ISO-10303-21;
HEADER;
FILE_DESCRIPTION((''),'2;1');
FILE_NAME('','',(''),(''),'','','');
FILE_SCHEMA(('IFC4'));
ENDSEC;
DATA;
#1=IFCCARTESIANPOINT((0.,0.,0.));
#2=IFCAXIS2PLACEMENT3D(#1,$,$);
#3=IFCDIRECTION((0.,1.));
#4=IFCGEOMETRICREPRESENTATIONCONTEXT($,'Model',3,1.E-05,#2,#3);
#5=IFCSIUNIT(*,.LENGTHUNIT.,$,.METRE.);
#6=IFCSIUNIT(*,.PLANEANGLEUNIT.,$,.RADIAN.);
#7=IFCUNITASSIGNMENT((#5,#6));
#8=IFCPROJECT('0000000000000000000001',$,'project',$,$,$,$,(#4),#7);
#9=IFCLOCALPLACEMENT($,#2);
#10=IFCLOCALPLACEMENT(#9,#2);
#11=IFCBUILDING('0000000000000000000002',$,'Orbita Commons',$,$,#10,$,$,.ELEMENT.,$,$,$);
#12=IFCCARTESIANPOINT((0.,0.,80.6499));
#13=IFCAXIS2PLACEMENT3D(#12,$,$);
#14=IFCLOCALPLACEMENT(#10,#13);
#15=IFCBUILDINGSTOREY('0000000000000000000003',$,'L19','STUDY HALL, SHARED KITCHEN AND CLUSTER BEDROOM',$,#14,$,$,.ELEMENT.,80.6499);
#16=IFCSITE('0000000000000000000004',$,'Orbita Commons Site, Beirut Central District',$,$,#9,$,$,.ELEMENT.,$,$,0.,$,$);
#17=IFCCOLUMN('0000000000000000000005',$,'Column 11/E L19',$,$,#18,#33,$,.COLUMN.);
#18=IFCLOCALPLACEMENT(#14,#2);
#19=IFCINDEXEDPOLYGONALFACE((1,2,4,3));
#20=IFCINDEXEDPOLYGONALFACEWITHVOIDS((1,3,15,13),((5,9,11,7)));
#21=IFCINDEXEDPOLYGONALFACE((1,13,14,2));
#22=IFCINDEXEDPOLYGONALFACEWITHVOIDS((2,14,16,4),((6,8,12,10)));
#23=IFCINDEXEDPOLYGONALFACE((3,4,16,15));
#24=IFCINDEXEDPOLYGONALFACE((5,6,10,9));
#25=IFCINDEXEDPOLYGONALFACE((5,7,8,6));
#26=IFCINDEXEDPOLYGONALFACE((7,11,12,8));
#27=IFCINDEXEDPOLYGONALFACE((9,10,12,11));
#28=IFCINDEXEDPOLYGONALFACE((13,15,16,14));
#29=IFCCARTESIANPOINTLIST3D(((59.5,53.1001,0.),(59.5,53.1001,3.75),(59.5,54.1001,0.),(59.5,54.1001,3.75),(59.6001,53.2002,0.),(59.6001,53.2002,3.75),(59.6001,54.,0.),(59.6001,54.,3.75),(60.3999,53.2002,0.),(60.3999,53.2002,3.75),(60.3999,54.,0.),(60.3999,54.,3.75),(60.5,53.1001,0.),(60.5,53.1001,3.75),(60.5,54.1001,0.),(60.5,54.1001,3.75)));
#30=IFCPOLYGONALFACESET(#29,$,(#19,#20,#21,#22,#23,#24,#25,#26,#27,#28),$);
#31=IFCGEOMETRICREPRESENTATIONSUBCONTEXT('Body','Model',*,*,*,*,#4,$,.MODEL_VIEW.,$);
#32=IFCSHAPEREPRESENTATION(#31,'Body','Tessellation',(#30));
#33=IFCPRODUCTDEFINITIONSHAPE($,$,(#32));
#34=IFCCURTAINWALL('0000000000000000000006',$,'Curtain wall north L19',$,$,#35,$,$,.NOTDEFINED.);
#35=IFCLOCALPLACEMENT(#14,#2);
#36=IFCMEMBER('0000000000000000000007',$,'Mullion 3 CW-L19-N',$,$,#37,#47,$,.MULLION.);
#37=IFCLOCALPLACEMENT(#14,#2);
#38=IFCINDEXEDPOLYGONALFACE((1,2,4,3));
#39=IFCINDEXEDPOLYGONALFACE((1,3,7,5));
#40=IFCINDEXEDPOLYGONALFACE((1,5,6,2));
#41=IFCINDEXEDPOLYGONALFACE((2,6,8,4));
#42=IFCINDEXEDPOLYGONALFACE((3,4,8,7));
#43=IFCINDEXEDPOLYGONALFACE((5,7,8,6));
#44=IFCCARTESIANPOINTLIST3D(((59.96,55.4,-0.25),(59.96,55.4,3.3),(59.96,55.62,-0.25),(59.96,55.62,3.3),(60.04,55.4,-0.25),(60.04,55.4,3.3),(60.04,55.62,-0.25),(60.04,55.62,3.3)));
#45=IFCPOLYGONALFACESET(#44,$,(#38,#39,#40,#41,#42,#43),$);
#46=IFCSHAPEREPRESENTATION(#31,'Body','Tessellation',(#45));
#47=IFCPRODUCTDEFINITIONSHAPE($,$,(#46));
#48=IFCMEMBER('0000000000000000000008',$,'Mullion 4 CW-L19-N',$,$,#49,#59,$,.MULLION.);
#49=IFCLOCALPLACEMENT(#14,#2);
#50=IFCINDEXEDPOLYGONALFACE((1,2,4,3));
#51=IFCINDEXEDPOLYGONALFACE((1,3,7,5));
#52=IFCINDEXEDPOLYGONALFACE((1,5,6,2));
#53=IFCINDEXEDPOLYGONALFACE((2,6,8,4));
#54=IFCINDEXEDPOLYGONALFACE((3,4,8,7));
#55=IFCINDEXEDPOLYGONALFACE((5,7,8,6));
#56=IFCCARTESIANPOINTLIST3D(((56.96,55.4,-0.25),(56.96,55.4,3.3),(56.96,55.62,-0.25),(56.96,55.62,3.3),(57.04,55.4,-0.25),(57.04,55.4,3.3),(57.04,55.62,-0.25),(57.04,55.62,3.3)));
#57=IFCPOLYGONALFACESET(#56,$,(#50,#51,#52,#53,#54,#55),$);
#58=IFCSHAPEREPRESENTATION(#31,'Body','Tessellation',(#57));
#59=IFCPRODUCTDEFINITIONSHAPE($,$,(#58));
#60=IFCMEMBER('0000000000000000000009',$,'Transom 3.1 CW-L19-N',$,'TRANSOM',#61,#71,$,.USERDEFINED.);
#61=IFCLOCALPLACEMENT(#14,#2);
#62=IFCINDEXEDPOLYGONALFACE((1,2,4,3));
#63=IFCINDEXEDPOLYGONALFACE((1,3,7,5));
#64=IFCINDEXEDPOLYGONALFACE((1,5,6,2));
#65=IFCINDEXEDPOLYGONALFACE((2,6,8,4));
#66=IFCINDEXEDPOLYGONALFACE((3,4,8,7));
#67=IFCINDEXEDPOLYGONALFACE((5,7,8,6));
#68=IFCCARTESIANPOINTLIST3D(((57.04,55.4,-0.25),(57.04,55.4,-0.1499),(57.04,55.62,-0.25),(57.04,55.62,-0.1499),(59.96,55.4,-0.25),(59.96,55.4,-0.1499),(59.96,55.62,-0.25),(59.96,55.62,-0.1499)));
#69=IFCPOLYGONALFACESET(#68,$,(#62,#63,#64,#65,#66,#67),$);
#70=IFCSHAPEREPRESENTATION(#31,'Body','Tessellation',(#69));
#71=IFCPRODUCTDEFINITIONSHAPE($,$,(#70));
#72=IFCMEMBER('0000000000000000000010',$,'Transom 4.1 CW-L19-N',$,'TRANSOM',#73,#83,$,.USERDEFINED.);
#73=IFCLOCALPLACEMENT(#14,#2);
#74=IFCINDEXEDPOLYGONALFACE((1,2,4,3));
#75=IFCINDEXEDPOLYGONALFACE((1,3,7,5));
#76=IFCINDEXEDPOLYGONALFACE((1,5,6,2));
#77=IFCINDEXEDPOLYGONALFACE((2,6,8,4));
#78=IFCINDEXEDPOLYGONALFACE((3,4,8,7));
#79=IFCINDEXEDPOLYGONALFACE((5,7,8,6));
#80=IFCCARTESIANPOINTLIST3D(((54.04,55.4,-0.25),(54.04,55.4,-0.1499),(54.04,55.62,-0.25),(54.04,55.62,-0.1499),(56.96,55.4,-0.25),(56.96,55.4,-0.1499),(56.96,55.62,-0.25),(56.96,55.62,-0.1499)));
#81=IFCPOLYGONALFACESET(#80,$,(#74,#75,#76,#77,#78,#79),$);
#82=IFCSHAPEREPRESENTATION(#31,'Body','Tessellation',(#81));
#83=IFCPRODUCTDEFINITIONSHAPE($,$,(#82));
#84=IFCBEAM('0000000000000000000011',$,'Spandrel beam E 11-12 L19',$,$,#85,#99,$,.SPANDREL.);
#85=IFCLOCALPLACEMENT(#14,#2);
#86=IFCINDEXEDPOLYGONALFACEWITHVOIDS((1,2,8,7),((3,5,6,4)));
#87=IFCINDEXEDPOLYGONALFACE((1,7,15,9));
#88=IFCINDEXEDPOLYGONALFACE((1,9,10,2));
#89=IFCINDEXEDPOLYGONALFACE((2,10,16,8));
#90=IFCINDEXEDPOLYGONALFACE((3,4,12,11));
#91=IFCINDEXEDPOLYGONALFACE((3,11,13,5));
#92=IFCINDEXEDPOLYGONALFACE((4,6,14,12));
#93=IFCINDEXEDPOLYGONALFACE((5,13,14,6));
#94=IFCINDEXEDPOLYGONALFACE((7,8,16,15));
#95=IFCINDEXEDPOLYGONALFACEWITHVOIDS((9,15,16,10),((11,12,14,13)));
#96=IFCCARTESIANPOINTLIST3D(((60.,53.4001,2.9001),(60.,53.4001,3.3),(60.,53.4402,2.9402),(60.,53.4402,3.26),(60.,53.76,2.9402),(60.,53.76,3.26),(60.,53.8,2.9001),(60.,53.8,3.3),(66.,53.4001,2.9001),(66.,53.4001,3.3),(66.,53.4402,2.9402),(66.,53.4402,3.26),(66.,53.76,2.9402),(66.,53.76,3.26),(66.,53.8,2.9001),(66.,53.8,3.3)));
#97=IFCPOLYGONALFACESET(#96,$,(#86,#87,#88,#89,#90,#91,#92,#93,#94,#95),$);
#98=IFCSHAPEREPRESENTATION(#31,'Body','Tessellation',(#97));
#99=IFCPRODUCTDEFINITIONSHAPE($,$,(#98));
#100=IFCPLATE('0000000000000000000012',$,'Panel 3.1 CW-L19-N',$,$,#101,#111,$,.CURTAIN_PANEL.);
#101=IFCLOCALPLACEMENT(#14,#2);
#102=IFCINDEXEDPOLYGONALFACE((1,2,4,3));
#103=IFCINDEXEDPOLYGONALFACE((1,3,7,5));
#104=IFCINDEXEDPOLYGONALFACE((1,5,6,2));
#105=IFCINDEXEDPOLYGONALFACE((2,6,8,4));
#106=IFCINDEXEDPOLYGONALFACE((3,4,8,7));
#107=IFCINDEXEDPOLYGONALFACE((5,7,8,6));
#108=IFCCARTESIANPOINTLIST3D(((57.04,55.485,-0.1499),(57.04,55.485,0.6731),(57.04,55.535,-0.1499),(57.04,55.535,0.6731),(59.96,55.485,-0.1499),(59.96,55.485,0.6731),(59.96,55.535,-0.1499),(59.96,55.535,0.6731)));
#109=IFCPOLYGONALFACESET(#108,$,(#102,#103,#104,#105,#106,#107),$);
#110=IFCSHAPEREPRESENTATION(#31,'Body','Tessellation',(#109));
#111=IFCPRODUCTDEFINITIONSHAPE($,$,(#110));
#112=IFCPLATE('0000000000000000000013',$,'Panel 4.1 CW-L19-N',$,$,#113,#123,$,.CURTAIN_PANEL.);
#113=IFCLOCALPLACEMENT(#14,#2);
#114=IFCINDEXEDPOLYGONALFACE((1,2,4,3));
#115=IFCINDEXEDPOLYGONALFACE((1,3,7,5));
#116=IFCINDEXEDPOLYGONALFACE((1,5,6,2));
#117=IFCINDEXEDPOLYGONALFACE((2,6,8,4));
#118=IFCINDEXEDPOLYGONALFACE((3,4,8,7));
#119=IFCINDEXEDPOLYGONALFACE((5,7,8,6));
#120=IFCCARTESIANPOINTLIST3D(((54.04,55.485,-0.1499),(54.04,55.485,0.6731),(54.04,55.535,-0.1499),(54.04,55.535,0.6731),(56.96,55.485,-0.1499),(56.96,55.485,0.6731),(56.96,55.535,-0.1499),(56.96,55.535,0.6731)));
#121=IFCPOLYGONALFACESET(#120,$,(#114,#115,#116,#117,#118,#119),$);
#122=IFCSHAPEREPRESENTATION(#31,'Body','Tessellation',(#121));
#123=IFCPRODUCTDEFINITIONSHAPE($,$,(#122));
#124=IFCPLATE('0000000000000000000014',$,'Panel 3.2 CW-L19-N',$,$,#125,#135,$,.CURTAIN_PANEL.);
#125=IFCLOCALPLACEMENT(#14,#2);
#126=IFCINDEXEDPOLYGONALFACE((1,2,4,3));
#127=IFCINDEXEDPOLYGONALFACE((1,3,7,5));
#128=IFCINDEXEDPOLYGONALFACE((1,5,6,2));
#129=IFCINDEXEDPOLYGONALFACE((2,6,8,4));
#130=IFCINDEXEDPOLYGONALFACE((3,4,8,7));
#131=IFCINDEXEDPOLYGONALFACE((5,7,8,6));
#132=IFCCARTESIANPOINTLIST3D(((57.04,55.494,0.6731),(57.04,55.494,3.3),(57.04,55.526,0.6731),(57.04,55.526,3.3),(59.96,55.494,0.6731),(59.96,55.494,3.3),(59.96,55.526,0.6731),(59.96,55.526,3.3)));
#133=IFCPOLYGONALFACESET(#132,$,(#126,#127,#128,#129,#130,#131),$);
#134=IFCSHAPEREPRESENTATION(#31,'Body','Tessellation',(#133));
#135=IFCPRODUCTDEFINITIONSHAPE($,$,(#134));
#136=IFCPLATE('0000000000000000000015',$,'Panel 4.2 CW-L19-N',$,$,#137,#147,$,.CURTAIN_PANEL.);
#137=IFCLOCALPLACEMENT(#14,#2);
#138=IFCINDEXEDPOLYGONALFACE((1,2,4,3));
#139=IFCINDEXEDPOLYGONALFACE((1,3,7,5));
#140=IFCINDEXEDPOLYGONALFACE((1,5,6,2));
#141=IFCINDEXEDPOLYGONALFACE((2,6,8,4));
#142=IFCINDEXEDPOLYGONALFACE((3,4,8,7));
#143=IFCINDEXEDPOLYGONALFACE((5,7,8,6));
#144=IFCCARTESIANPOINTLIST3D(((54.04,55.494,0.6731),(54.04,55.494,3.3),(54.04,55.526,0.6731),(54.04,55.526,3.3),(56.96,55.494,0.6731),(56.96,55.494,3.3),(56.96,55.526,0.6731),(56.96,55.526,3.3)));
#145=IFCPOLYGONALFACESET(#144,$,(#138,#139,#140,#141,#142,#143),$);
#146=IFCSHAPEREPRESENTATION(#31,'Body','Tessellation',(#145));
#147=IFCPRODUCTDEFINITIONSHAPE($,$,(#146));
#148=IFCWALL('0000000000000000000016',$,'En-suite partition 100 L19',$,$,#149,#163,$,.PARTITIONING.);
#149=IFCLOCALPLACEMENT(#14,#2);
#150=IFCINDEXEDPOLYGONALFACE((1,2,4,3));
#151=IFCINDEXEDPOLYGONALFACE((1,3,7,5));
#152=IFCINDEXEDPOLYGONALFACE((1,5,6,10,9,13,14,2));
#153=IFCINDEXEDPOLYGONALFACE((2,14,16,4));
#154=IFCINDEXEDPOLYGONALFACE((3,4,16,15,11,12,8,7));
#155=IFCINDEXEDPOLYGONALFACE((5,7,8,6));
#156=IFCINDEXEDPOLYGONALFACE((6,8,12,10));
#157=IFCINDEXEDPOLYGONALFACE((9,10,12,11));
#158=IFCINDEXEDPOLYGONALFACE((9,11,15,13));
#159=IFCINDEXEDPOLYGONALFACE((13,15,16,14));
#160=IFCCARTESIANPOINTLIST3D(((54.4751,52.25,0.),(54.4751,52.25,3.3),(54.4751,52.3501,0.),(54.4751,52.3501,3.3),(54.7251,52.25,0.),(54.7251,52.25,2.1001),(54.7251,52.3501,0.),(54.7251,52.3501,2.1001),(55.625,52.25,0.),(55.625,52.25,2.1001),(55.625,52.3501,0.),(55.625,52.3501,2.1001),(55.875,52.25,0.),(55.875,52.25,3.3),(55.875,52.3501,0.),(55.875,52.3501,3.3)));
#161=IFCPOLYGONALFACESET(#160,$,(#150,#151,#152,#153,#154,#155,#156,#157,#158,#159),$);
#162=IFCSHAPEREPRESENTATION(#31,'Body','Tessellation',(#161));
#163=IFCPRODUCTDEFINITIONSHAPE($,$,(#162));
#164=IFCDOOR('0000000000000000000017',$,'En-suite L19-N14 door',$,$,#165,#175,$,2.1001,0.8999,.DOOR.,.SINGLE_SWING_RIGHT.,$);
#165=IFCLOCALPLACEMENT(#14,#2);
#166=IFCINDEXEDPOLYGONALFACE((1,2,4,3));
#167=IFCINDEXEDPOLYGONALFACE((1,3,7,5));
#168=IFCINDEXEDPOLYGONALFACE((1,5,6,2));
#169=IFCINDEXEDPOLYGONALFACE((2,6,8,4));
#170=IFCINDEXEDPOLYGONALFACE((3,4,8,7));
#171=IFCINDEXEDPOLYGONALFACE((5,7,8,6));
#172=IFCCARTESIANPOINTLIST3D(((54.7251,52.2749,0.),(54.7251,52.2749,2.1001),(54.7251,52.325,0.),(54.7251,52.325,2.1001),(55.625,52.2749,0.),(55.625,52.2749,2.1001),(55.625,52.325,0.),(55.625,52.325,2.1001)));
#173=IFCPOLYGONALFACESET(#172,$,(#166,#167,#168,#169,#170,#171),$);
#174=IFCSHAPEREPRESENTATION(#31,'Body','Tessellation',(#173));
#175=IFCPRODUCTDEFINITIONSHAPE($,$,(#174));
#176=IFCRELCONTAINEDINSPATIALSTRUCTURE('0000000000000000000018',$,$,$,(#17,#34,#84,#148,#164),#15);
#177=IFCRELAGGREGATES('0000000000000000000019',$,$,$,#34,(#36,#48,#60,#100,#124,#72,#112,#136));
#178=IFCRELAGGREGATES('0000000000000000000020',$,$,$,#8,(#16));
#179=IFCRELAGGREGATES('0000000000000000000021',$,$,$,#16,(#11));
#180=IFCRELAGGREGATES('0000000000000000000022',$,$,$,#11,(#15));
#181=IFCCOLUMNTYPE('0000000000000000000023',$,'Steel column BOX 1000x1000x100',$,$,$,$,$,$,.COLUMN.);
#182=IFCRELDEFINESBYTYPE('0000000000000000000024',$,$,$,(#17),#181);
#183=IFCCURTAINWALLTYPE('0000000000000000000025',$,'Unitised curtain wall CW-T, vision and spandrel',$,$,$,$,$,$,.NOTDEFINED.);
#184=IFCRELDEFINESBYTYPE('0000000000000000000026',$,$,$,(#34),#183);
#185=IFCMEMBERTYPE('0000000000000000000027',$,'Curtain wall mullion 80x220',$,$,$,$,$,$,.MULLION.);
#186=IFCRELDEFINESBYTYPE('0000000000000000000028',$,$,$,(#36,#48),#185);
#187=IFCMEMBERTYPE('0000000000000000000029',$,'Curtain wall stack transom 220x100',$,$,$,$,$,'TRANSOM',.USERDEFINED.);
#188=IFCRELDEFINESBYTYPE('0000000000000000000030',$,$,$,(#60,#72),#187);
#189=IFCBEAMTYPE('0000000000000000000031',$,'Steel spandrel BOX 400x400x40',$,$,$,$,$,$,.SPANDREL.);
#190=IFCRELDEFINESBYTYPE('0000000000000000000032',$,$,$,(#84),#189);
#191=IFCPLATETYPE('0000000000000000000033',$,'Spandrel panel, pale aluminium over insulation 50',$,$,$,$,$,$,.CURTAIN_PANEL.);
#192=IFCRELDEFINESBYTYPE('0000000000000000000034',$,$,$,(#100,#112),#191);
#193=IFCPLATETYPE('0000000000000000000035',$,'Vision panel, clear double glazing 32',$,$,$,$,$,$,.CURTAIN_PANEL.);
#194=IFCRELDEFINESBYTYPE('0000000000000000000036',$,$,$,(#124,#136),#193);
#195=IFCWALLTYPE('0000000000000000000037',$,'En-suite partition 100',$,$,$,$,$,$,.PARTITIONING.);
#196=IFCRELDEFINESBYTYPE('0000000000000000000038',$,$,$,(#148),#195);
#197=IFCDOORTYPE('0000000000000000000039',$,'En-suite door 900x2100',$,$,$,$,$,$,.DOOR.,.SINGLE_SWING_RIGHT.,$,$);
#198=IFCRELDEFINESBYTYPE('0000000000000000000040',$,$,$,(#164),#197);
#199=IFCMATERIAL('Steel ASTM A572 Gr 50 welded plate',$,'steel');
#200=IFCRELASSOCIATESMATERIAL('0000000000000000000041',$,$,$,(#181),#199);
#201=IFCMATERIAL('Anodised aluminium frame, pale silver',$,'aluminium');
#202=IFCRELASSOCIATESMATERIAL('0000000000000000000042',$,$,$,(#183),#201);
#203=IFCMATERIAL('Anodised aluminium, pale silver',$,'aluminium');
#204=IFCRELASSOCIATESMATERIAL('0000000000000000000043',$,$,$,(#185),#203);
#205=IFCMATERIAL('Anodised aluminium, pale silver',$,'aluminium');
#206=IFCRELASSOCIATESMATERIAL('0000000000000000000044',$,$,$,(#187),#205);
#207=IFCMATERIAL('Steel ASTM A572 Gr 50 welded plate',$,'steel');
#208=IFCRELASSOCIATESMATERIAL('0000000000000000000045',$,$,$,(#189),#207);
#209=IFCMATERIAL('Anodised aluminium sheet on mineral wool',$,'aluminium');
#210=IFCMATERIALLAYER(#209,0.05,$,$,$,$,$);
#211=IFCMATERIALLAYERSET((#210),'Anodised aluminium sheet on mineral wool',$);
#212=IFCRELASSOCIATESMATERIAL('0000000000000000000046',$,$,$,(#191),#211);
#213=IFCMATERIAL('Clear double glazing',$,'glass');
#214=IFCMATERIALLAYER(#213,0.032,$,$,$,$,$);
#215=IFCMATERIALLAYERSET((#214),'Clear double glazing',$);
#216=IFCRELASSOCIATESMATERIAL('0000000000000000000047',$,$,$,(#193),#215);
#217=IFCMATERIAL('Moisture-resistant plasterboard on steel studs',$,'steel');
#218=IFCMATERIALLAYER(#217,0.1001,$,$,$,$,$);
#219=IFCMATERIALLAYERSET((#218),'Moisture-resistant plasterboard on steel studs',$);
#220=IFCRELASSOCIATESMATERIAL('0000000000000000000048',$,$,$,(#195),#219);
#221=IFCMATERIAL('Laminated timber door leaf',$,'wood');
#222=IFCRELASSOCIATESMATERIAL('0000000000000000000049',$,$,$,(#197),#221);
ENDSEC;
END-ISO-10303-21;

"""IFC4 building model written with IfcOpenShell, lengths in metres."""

from ifc_helpers import new_model, si_unit, direction, frame, frame_2d, origin, origin_2d, place, context, subcontext, project, spatial, rectangle, hollow_rectangle, extrude, material, layer, layer_set, material_profile, profile_set, type_object, element, fill, aggregate, save


model = new_model("IFC4")

# Units and contexts
model_context = context("Model", 3, precision=1e-05, world=origin(), true_north=direction((0.0, 1.0)))
body_context = subcontext(model_context, "Body", "Model", "MODEL_VIEW")
ifc_project = project(units=[si_unit("LENGTHUNIT", "METRE"), si_unit("PLANEANGLEUNIT", "RADIAN")], contexts=[model_context])

# Site, building, storey
site_placement = place(None, origin())
site = spatial("IfcSite", under=ifc_project, at=site_placement, Name="Orbita Commons Site, Beirut Central District", CompositionType="ELEMENT", RefElevation=0.0)
building_placement = place(site_placement, origin())
building = spatial("IfcBuilding", under=site, at=building_placement, Name="Orbita Commons", CompositionType="ELEMENT")
storey_placement = place(building_placement, frame((0.0, 0.0, 80.6499)))
storey = spatial("IfcBuildingStorey", under=building, at=storey_placement, Name="L19", Description="STUDY HALL, SHARED KITCHEN AND CLUSTER BEDROOM", CompositionType="ELEMENT", Elevation=80.6499)

# Column
ifc_material_1 = material(Name="Steel ASTM A572 Gr 50 welded plate", Category="steel")
ifc_material_profile_1 = material_profile(ifc_material_1, hollow_rectangle(XDim=1.0, YDim=1.0, WallThickness=0.1001, at=origin_2d()), Name="BOX 1000x1000x100")
ifc_profile_set_1 = profile_set([ifc_material_profile_1], Name="Steel ASTM A572 Gr 50 welded plate")
column_type = type_object("IfcColumnType", Name="Steel column BOX 1000x1000x100", PredefinedType="COLUMN", material=ifc_profile_set_1)
column_placement = place(storey_placement, frame((60.0, 53.6001, 0.0), z_axis=(0.0, 0.0, 1.0), x_axis=(1.0, 0.0, 0.0)))
element("IfcColumn", 1, at=column_placement, inside=storey, type_object=column_type, Name="Column 11/E L19", PredefinedType="COLUMN", context=body_context, shape_type="SweptSolid", body=[
    extrude(hollow_rectangle(XDim=1.0, YDim=1.0, WallThickness=0.1001, at=origin_2d()), origin(), (0.0, 0.0, 1.0), 3.75),
])

# Curtain wall, members
ifc_material_2 = material(Name="Anodised aluminium frame, pale silver", Category="aluminium")
curtain_wall_type = type_object("IfcCurtainWallType", Name="Unitised curtain wall CW-T, vision and spandrel", PredefinedType="NOTDEFINED", material=ifc_material_2)
curtain_wall_placement = place(storey_placement, origin())
curtain_wall = element("IfcCurtainWall", 2, at=curtain_wall_placement, inside=storey, type_object=curtain_wall_type, Name="Curtain wall north L19", PredefinedType="NOTDEFINED")
ifc_material_3 = material(Name="Anodised aluminium, pale silver", Category="aluminium")
ifc_material_profile_2 = material_profile(ifc_material_3, rectangle(XDim=0.0801, YDim=0.22, at=origin_2d()), Name="AL 80x220")
ifc_profile_set_2 = profile_set([ifc_material_profile_2], Name="Anodised aluminium, pale silver")
member_type_1 = type_object("IfcMemberType", Name="Curtain wall mullion 80x220", PredefinedType="MULLION", material=ifc_profile_set_2)
member_1_placement = place(storey_placement, frame((60.0, 55.51, -0.25), z_axis=(0.0, 0.0, 1.0), x_axis=(-1.0, 0.0, 0.0)))
member_1 = element("IfcMember", 3, at=member_1_placement, type_object=member_type_1, Name="Mullion 3 CW-L19-N", PredefinedType="MULLION", context=body_context, shape_type="SweptSolid", body=[
    extrude(rectangle(XDim=0.0801, YDim=0.22, at=origin_2d()), origin(), (0.0, 0.0, 1.0), 3.55),
])
member_2_placement = place(storey_placement, frame((57.0, 55.51, -0.25), z_axis=(0.0, 0.0, 1.0), x_axis=(-1.0, 0.0, 0.0)))
member_2 = element("IfcMember", 4, at=member_2_placement, type_object=member_type_1, Name="Mullion 4 CW-L19-N", PredefinedType="MULLION", context=body_context, shape_type="SweptSolid", body=[
    extrude(rectangle(XDim=0.0801, YDim=0.22, at=origin_2d()), origin(), (0.0, 0.0, 1.0), 3.55),
])
ifc_material_4 = material(Name="Anodised aluminium, pale silver", Category="aluminium")
ifc_material_profile_3 = material_profile(ifc_material_4, rectangle(XDim=0.22, YDim=0.1001, at=origin_2d()), Name="AL 220x100")
ifc_profile_set_3 = profile_set([ifc_material_profile_3], Name="Anodised aluminium, pale silver")
member_type_2 = type_object("IfcMemberType", Name="Curtain wall stack transom 220x100", ElementType="TRANSOM", PredefinedType="USERDEFINED", material=ifc_profile_set_3)
member_3_placement = place(storey_placement, frame((59.96, 55.51, -0.2), z_axis=(-1.0, 0.0, 0.0), x_axis=(0.0, -1.0, 0.0)))
member_3 = element("IfcMember", 5, at=member_3_placement, type_object=member_type_2, Name="Transom 3.1 CW-L19-N", ObjectType="TRANSOM", PredefinedType="USERDEFINED", context=body_context, shape_type="SweptSolid", body=[
    extrude(rectangle(XDim=0.22, YDim=0.1001, at=origin_2d()), origin(), (0.0, 0.0, 1.0), 2.9199),
])
member_4_placement = place(storey_placement, frame((56.96, 55.51, -0.2), z_axis=(-1.0, 0.0, 0.0), x_axis=(0.0, -1.0, 0.0)))
member_4 = element("IfcMember", 6, at=member_4_placement, type_object=member_type_2, Name="Transom 4.1 CW-L19-N", ObjectType="TRANSOM", PredefinedType="USERDEFINED", context=body_context, shape_type="SweptSolid", body=[
    extrude(rectangle(XDim=0.22, YDim=0.1001, at=origin_2d()), origin(), (0.0, 0.0, 1.0), 2.9199),
])

# Beam
ifc_material_5 = material(Name="Steel ASTM A572 Gr 50 welded plate", Category="steel")
ifc_material_profile_4 = material_profile(ifc_material_5, hollow_rectangle(XDim=0.3999, YDim=0.3999, WallThickness=0.04, at=origin_2d()), Name="BOX 400x400x40")
ifc_profile_set_4 = profile_set([ifc_material_profile_4], Name="Steel ASTM A572 Gr 50 welded plate")
beam_type = type_object("IfcBeamType", Name="Steel spandrel BOX 400x400x40", PredefinedType="SPANDREL", material=ifc_profile_set_4)
beam_placement = place(storey_placement, frame((60.0, 53.6001, 3.1001), z_axis=(1.0, 0.0, 0.0), x_axis=(0.0, 1.0, 0.0)))
element("IfcBeam", 7, at=beam_placement, inside=storey, type_object=beam_type, Name="Spandrel beam E 11-12 L19", PredefinedType="SPANDREL", context=body_context, shape_type="SweptSolid", body=[
    extrude(hollow_rectangle(XDim=0.3999, YDim=0.3999, WallThickness=0.04, at=origin_2d()), origin(), (0.0, 0.0, 1.0), 6.0),
])

# Plates
ifc_material_6 = material(Name="Anodised aluminium sheet on mineral wool", Category="aluminium")
ifc_layer_1 = layer(ifc_material_6, 0.05)
ifc_layer_set_1 = layer_set([ifc_layer_1], Name="Anodised aluminium sheet on mineral wool")
plate_type_1 = type_object("IfcPlateType", Name="Spandrel panel, pale aluminium over insulation 50", PredefinedType="CURTAIN_PANEL", material=ifc_layer_set_1)
plate_1_placement = place(storey_placement, frame((58.5, 55.51, -0.1499), z_axis=(0.0, 0.0, 1.0), x_axis=(-1.0, 0.0, 0.0)))
plate_1 = element("IfcPlate", 8, at=plate_1_placement, type_object=plate_type_1, Name="Panel 3.1 CW-L19-N", PredefinedType="CURTAIN_PANEL", context=body_context, shape_type="SweptSolid", body=[
    extrude(rectangle(XDim=2.9199, YDim=0.05, at=origin_2d()), origin(), (0.0, 0.0, 1.0), 0.823),
])
plate_2_placement = place(storey_placement, frame((55.5, 55.51, -0.1499), z_axis=(0.0, 0.0, 1.0), x_axis=(-1.0, 0.0, 0.0)))
plate_2 = element("IfcPlate", 9, at=plate_2_placement, type_object=plate_type_1, Name="Panel 4.1 CW-L19-N", PredefinedType="CURTAIN_PANEL", context=body_context, shape_type="SweptSolid", body=[
    extrude(rectangle(XDim=2.9199, YDim=0.05, at=origin_2d()), origin(), (0.0, 0.0, 1.0), 0.823),
])
ifc_material_7 = material(Name="Clear double glazing", Category="glass")
ifc_layer_2 = layer(ifc_material_7, 0.032)
ifc_layer_set_2 = layer_set([ifc_layer_2], Name="Clear double glazing")
plate_type_2 = type_object("IfcPlateType", Name="Vision panel, clear double glazing 32", PredefinedType="CURTAIN_PANEL", material=ifc_layer_set_2)
plate_3_placement = place(storey_placement, frame((58.5, 55.51, 0.6731), z_axis=(0.0, 0.0, 1.0), x_axis=(-1.0, 0.0, 0.0)))
plate_3 = element("IfcPlate", 10, at=plate_3_placement, type_object=plate_type_2, Name="Panel 3.2 CW-L19-N", PredefinedType="CURTAIN_PANEL", context=body_context, shape_type="SweptSolid", body=[
    extrude(rectangle(XDim=2.9199, YDim=0.032, at=origin_2d()), origin(), (0.0, 0.0, 1.0), 2.627),
])
plate_4_placement = place(storey_placement, frame((55.5, 55.51, 0.6731), z_axis=(0.0, 0.0, 1.0), x_axis=(-1.0, 0.0, 0.0)))
plate_4 = element("IfcPlate", 11, at=plate_4_placement, type_object=plate_type_2, Name="Panel 4.2 CW-L19-N", PredefinedType="CURTAIN_PANEL", context=body_context, shape_type="SweptSolid", body=[
    extrude(rectangle(XDim=2.9199, YDim=0.032, at=origin_2d()), origin(), (0.0, 0.0, 1.0), 2.627),
])
aggregate(curtain_wall, [member_1, member_2, member_3, plate_1, plate_3, member_4, plate_2, plate_4])

# Wall, opening, door
ifc_material_8 = material(Name="Moisture-resistant plasterboard on steel studs", Category="steel")
ifc_layer_3 = layer(ifc_material_8, 0.1001)
ifc_layer_set_3 = layer_set([ifc_layer_3], Name="Moisture-resistant plasterboard on steel studs")
wall_type_1 = type_object("IfcWallType", Name="En-suite partition 100", PredefinedType="PARTITIONING", material=ifc_layer_set_3)
wall_1_placement = place(storey_placement, frame((54.4751, 52.3, 0.0), z_axis=(0.0, 0.0, 1.0), x_axis=(1.0, 0.0, 0.0)))
wall_1 = element("IfcWall", 12, at=wall_1_placement, inside=storey, type_object=wall_type_1, Name="En-suite partition 100 L19", PredefinedType="PARTITIONING", context=body_context, shape_type="SweptSolid", body=[
    extrude(rectangle(XDim=1.3999, YDim=0.1001, at=frame_2d((0.7, 0.0))), origin(), (0.0, 0.0, 1.0), 3.3),
])
opening_1_placement = place(wall_1_placement, frame((0.25, 0.0, 0.0)))
opening_1 = element("IfcOpeningElement", 13, at=opening_1_placement, cuts=wall_1, PredefinedType="OPENING", context=body_context, shape_type="SweptSolid", body=[
    extrude(rectangle(XDim=0.8999, YDim=2.1001, at=frame_2d((0.45, 1.05))), frame((0.0, 0.0601, 0.0), z_axis=(0.0, -1.0, 0.0), x_axis=(1.0, 0.0, 0.0)), (0.0, 0.0, 1.0), 0.1201),
])
ifc_material_9 = material(Name="Laminated timber door leaf", Category="wood")
door_type = type_object("IfcDoorType", Name="En-suite door 900x2100", OperationType="SINGLE_SWING_RIGHT", PredefinedType="DOOR", material=ifc_material_9)
door_1_placement = place(opening_1_placement, origin())
door_1 = element("IfcDoor", 14, at=door_1_placement, inside=storey, type_object=door_type, Name="En-suite L19-N14 door", OperationType="SINGLE_SWING_RIGHT", OverallHeight=2.1001, OverallWidth=0.8999, PredefinedType="DOOR", context=body_context, shape_type="SweptSolid", body=[
    extrude(rectangle(XDim=0.8999, YDim=2.1001, at=frame_2d((0.45, 1.05))), frame((0.0, 0.0249, 0.0), z_axis=(0.0, -1.0, 0.0), x_axis=(1.0, 0.0, 0.0)), (0.0, 0.0, 1.0), 0.05),
])
fill(opening_1, door_1)

save(model, "model.ifc")
